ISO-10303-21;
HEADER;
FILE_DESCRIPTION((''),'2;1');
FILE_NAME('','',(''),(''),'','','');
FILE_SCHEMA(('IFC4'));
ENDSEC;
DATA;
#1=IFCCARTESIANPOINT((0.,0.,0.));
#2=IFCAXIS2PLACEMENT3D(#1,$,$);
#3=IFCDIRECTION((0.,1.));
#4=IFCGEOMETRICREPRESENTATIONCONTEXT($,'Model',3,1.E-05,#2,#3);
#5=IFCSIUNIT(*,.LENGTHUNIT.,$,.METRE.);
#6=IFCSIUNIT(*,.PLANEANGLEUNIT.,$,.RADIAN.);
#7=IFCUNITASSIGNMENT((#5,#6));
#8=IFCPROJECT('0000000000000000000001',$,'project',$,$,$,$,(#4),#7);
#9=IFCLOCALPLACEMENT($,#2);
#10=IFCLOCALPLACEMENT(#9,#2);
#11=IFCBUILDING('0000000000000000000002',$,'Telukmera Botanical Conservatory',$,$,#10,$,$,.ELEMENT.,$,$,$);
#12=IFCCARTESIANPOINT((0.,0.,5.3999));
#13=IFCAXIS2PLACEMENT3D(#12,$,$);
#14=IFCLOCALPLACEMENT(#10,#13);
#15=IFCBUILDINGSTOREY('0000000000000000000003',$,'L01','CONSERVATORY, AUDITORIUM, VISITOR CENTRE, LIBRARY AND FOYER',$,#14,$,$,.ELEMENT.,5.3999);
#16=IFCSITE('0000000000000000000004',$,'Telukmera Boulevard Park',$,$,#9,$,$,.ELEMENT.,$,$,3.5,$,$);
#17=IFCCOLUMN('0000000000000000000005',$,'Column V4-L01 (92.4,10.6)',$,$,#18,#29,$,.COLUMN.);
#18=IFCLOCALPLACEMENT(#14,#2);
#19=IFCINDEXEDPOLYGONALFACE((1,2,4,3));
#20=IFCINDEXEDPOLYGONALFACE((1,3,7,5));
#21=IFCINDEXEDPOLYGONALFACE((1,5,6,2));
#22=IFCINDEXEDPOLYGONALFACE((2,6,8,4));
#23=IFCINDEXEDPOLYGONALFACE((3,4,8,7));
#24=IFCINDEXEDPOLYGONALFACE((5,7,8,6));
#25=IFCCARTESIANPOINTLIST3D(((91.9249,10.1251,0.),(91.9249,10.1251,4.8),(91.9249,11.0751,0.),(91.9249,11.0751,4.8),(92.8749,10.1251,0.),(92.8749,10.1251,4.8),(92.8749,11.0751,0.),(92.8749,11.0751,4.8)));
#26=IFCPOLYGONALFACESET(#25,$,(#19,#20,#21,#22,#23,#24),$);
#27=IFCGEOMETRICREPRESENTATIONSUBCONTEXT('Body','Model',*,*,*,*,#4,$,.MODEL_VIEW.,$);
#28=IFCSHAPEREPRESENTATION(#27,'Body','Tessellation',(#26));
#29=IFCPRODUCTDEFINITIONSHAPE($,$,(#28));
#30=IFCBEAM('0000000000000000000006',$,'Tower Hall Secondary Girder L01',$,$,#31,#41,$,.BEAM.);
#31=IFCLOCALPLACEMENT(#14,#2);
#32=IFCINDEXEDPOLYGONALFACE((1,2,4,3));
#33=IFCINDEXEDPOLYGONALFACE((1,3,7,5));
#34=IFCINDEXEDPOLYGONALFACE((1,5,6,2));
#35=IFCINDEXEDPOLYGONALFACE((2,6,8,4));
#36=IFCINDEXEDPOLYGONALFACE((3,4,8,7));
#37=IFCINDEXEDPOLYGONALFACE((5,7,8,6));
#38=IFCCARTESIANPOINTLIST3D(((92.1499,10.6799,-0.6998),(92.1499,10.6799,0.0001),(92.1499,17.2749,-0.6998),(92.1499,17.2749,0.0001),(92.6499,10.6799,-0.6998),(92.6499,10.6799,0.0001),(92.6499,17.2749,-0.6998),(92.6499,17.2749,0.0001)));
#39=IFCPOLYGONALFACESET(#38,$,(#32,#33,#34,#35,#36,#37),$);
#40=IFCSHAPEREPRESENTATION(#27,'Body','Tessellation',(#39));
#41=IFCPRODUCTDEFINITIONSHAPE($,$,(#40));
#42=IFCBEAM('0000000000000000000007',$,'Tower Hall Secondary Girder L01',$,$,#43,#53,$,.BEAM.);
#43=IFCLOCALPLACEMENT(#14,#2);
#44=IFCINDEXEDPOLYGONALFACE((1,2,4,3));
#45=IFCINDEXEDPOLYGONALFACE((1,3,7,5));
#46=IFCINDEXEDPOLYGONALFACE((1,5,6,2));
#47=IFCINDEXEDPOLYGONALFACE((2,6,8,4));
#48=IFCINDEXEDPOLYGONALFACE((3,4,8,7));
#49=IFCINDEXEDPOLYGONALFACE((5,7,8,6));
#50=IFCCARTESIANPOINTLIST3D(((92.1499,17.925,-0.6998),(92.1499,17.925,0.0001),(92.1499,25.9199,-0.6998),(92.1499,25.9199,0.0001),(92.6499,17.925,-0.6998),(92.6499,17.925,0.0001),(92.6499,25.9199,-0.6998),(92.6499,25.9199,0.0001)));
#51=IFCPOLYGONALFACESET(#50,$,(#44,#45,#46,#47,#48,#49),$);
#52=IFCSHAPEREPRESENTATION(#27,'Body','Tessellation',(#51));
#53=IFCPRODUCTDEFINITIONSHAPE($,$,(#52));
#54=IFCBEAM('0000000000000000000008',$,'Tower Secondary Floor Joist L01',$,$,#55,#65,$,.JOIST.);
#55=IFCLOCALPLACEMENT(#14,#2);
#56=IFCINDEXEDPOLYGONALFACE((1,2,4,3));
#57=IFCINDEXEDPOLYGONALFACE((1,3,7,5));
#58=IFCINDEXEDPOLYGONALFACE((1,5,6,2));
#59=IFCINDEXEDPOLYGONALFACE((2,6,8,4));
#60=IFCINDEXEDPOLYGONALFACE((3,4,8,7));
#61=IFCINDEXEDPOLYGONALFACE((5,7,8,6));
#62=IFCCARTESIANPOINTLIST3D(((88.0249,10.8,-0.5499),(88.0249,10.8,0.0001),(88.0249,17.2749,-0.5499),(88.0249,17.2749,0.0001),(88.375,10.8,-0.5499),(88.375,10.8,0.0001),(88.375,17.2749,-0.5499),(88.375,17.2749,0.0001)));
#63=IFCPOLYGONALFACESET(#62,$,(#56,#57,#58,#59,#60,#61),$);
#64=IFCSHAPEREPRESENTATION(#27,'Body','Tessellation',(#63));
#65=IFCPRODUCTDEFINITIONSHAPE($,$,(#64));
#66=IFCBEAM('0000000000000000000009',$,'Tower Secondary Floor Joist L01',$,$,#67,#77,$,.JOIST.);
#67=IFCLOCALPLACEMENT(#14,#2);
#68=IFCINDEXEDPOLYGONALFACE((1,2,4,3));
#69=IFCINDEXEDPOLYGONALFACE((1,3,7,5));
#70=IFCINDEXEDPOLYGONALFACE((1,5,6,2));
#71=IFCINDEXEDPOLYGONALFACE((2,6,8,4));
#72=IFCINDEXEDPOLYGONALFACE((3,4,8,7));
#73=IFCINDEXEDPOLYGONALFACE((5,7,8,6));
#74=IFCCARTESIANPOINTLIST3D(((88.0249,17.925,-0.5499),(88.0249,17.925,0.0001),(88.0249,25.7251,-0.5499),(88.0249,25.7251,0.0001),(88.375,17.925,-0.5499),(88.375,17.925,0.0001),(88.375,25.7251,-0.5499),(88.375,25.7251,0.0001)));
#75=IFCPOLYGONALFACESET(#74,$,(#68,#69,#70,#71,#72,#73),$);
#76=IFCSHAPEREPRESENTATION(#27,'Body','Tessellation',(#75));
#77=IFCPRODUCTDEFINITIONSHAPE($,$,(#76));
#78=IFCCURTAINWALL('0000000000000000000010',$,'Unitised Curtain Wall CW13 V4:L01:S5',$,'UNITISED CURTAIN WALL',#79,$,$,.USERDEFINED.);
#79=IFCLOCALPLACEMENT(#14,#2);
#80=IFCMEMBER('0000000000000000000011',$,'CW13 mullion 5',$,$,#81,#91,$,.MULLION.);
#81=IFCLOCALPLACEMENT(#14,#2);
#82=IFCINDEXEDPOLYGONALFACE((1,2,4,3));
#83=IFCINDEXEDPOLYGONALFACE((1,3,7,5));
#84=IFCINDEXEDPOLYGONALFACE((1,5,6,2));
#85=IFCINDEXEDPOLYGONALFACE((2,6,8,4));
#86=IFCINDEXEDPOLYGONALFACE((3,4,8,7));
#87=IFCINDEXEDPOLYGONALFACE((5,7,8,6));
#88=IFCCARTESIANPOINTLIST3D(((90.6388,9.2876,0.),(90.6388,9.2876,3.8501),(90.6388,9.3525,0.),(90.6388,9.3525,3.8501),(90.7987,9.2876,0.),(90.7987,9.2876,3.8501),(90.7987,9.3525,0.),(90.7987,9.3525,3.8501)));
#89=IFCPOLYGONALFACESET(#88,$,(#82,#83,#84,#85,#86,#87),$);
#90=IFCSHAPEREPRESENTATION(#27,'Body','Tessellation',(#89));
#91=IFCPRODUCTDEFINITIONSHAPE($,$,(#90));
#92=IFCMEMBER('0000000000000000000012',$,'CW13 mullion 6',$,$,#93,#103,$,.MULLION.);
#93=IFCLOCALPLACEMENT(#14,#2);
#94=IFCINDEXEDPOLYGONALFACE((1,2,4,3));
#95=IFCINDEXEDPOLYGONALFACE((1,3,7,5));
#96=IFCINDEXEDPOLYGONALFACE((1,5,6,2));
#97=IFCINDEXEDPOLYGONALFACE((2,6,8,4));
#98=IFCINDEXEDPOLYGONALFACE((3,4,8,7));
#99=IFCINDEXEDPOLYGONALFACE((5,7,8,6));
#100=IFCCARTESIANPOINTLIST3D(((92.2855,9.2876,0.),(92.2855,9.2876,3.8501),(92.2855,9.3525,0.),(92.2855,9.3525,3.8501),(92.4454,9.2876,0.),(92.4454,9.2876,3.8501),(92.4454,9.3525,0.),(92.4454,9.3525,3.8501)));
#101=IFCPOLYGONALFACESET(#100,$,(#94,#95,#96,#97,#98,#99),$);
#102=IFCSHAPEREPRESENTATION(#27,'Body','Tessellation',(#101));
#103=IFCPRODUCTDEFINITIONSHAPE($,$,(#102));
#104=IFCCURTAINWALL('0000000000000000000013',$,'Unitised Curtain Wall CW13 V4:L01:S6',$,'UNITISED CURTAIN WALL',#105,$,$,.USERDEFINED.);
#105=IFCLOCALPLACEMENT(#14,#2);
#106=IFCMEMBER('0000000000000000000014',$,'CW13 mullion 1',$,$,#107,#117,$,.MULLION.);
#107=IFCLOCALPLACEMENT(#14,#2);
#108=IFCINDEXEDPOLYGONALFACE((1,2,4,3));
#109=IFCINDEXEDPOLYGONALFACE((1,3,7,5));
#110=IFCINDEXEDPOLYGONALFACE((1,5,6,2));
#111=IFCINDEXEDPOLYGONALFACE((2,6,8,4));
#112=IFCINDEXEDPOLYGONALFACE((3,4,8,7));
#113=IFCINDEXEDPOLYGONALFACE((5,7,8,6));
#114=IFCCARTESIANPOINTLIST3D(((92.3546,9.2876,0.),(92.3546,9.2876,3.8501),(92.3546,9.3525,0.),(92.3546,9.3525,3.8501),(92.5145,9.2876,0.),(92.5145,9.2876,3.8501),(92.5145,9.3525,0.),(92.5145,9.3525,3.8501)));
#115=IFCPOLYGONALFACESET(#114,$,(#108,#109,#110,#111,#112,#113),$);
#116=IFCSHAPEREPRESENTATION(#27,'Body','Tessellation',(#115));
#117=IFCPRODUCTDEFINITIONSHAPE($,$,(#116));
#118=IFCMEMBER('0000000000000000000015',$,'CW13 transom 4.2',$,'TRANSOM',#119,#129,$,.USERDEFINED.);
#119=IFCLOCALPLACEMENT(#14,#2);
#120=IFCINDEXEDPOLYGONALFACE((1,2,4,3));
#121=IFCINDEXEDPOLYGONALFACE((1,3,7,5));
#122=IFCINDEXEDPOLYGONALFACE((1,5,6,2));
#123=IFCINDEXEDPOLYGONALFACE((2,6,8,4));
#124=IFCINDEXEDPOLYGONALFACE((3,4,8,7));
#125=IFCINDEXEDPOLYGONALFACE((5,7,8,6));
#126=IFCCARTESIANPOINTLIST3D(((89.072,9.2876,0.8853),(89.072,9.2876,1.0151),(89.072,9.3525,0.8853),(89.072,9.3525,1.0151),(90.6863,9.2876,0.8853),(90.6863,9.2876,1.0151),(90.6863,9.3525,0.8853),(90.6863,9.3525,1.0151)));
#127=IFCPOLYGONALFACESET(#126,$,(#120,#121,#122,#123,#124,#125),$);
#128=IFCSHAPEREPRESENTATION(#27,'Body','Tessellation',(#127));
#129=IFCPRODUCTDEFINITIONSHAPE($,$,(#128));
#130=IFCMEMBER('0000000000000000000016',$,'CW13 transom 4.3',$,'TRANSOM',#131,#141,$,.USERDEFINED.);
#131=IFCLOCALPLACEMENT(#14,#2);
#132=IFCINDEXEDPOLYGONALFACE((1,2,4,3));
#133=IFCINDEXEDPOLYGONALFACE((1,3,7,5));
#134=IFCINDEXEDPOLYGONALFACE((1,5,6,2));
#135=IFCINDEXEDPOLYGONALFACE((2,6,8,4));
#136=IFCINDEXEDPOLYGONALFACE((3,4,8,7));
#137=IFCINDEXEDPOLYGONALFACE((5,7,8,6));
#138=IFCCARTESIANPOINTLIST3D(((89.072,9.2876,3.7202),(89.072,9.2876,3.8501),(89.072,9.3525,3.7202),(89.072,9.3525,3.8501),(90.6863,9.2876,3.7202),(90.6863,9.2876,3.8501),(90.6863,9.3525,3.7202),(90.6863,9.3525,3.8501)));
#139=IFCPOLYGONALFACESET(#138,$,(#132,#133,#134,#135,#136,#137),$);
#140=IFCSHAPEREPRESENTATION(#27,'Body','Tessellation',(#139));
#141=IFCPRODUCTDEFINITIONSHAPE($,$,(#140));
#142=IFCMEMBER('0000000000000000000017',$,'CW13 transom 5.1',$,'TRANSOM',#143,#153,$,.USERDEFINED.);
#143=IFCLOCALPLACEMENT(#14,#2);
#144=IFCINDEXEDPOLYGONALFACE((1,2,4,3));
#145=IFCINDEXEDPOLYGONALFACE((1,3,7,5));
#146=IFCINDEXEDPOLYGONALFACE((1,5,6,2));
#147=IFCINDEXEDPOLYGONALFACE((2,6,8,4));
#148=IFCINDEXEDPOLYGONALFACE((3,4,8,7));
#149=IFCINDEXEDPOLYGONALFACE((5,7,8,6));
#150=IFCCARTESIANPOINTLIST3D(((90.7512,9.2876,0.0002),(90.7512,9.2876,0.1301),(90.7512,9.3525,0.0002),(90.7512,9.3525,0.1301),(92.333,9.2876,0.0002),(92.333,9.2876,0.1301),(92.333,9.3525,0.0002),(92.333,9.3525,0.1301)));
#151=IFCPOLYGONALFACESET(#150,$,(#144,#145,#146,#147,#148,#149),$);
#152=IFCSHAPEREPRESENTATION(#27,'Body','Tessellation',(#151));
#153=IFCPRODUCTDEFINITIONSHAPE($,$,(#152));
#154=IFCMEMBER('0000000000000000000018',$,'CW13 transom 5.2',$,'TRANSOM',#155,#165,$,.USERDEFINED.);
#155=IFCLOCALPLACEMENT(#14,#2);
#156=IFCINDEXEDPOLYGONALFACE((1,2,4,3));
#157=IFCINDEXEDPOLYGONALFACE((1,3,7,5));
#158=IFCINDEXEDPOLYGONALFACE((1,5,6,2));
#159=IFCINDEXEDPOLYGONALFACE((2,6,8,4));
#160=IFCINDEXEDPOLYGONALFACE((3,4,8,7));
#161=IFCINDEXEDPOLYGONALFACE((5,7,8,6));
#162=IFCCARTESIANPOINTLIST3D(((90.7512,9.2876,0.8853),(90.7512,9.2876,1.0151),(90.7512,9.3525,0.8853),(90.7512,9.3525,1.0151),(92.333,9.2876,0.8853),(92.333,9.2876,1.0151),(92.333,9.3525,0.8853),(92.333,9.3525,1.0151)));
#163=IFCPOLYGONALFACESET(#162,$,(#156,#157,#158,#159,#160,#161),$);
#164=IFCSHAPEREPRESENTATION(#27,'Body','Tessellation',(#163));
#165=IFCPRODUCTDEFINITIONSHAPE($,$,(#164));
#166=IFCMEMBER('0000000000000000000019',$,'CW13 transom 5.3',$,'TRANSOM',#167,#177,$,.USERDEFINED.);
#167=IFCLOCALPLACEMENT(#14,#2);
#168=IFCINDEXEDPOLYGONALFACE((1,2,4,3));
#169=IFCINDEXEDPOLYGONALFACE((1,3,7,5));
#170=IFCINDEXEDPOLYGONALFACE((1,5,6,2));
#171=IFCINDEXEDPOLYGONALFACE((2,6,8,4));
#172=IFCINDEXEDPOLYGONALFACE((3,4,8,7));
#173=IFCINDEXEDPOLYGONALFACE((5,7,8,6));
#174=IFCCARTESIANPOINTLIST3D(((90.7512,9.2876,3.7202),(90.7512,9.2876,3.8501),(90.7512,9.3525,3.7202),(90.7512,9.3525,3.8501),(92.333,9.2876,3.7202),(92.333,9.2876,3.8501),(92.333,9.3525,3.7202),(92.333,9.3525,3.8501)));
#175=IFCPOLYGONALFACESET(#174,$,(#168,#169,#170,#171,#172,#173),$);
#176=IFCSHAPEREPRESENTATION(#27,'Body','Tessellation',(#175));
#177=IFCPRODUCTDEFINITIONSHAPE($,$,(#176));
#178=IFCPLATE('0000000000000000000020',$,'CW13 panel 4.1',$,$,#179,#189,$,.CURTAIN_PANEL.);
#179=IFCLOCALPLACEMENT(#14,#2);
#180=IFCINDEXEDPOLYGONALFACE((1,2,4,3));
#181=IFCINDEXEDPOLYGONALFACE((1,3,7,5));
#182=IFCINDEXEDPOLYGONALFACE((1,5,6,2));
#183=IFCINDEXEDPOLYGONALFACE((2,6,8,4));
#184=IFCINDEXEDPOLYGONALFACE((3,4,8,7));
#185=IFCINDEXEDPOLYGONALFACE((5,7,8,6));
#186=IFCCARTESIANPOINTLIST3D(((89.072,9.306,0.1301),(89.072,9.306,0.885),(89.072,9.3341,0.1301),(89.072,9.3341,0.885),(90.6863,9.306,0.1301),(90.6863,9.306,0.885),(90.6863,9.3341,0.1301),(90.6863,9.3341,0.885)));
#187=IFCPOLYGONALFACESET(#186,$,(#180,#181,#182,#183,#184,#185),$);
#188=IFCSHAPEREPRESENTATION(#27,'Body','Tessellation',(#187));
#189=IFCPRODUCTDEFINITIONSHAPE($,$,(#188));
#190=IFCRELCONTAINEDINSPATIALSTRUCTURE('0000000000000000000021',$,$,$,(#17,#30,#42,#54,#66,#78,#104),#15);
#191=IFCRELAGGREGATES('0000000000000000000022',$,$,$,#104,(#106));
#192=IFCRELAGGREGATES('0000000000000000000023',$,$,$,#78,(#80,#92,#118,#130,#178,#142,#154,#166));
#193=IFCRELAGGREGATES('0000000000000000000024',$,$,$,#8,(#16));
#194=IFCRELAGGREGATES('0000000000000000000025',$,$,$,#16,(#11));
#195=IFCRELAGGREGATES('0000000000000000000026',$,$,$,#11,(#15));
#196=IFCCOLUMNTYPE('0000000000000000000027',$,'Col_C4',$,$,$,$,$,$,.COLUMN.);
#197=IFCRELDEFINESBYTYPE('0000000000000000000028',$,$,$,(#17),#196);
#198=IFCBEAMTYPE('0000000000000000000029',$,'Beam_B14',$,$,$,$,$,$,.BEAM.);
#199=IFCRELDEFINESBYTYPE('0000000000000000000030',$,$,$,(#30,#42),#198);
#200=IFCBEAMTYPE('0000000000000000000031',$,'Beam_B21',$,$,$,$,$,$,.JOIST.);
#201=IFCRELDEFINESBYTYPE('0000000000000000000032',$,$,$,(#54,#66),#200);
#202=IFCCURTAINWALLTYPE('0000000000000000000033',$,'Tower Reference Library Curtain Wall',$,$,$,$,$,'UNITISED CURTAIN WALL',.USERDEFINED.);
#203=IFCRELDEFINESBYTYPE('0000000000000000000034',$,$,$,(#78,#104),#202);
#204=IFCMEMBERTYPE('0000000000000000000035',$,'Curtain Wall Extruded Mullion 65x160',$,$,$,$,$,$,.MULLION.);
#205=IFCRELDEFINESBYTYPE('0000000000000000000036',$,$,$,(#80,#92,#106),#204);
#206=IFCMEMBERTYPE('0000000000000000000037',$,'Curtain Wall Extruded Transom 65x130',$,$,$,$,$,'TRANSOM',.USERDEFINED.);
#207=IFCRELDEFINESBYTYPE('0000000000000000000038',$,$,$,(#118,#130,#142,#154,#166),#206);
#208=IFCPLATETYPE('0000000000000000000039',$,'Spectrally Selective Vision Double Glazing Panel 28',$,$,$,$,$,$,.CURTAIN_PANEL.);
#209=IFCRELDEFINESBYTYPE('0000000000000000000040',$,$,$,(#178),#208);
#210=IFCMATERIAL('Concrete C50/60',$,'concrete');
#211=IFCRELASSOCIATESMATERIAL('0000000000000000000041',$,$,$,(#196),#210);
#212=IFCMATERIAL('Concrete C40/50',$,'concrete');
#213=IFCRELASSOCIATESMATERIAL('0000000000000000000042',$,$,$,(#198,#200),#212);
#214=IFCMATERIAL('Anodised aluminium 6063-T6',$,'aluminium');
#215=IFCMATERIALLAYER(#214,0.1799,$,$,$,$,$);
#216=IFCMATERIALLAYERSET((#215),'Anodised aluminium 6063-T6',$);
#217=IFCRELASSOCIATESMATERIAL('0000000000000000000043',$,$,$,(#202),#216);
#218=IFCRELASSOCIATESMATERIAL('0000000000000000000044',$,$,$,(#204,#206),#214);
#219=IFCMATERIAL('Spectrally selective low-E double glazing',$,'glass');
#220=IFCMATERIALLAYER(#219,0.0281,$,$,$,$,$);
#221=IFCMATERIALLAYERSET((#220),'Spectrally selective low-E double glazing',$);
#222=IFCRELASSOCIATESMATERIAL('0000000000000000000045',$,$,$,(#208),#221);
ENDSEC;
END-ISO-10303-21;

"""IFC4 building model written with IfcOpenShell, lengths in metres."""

from ifc_helpers import new_model, si_unit, direction, frame, origin, origin_2d, place, context, subcontext, project, spatial, rectangle, extrude, material, layer, layer_set, material_profile, profile_set, type_object, element, aggregate, save


model = new_model("IFC4")

# Units and contexts
model_context = context("Model", 3, precision=1e-05, world=origin(), true_north=direction((0.0, 1.0)))
body_context = subcontext(model_context, "Body", "Model", "MODEL_VIEW")
ifc_project = project(units=[si_unit("LENGTHUNIT", "METRE"), si_unit("PLANEANGLEUNIT", "RADIAN")], contexts=[model_context])

# Site, building, storey
site_placement = place(None, origin())
site = spatial("IfcSite", under=ifc_project, at=site_placement, Name="Telukmera Boulevard Park", CompositionType="ELEMENT", RefElevation=3.5)
building_placement = place(site_placement, origin())
building = spatial("IfcBuilding", under=site, at=building_placement, Name="Telukmera Botanical Conservatory", CompositionType="ELEMENT")
storey_placement = place(building_placement, frame((0.0, 0.0, 5.3999)))
storey = spatial("IfcBuildingStorey", under=building, at=storey_placement, Name="L01", Description="CONSERVATORY, AUDITORIUM, VISITOR CENTRE, LIBRARY AND FOYER", CompositionType="ELEMENT", Elevation=5.3999)

# Column
ifc_material_1 = material(Name="Concrete C50/60", Category="concrete")
ifc_material_profile_1 = material_profile(ifc_material_1, rectangle(XDim=0.95, YDim=0.95, at=origin_2d()), Name="RC 950x950")
ifc_profile_set_1 = profile_set([ifc_material_profile_1], Name="Concrete C50/60")
column_type = type_object("IfcColumnType", Name="Col_C4", PredefinedType="COLUMN", material=ifc_profile_set_1)
column_placement = place(storey_placement, frame((92.3999, 10.6001, 0.0), z_axis=(0.0, 0.0, 1.0), x_axis=(1.0, 0.0, 0.0)))
element("IfcColumn", 1, at=column_placement, inside=storey, type_object=column_type, Name="Column V4-L01 (92.4,10.6)", PredefinedType="COLUMN", context=body_context, shape_type="SweptSolid", body=[
    extrude(rectangle(XDim=0.95, YDim=0.95, at=origin_2d()), origin(), (0.0, 0.0, 1.0), 4.8),
])

# Beams
ifc_material_2 = material(Name="Concrete C40/50", Category="concrete")
ifc_material_profile_2 = material_profile(ifc_material_2, rectangle(XDim=0.5, YDim=0.7, at=origin_2d()), Name="RC 500x700")
ifc_profile_set_2 = profile_set([ifc_material_profile_2], Name="Concrete C40/50")
beam_type_1 = type_object("IfcBeamType", Name="Beam_B14", PredefinedType="BEAM", material=ifc_profile_set_2)
beam_1_placement = place(storey_placement, frame((92.3999, 10.6799, -0.3499), z_axis=(0.0, 1.0, 0.0), x_axis=(-1.0, 0.0, 0.0)))
element("IfcBeam", 2, at=beam_1_placement, inside=storey, type_object=beam_type_1, Name="Tower Hall Secondary Girder L01", PredefinedType="BEAM", context=body_context, shape_type="SweptSolid", body=[
    extrude(rectangle(XDim=0.5, YDim=0.7, at=origin_2d()), origin(), (0.0, 0.0, 1.0), 6.595),
])
beam_2_placement = place(storey_placement, frame((92.3999, 17.925, -0.3499), z_axis=(0.0, 1.0, 0.0), x_axis=(-1.0, 0.0, 0.0)))
element("IfcBeam", 3, at=beam_2_placement, inside=storey, type_object=beam_type_1, Name="Tower Hall Secondary Girder L01", PredefinedType="BEAM", context=body_context, shape_type="SweptSolid", body=[
    extrude(rectangle(XDim=0.5, YDim=0.7, at=origin_2d()), origin(), (0.0, 0.0, 1.0), 7.9949),
])
ifc_material_profile_3 = material_profile(ifc_material_2, rectangle(XDim=0.3501, YDim=0.55, at=origin_2d()), Name="RC 350x550")
ifc_profile_set_3 = profile_set([ifc_material_profile_3], Name="Concrete C40/50")
beam_type_2 = type_object("IfcBeamType", Name="Beam_B21", PredefinedType="JOIST", material=ifc_profile_set_3)
beam_3_placement = place(storey_placement, frame((88.2, 10.8, -0.2749), z_axis=(0.0, 1.0, 0.0), x_axis=(-1.0, 0.0, 0.0)))
element("IfcBeam", 4, at=beam_3_placement, inside=storey, type_object=beam_type_2, Name="Tower Secondary Floor Joist L01", PredefinedType="JOIST", context=body_context, shape_type="SweptSolid", body=[
    extrude(rectangle(XDim=0.3501, YDim=0.55, at=origin_2d()), origin(), (0.0, 0.0, 1.0), 6.4749),
])
beam_4_placement = place(storey_placement, frame((88.2, 17.925, -0.2749), z_axis=(0.0, 1.0, 0.0), x_axis=(-1.0, 0.0, 0.0)))
element("IfcBeam", 5, at=beam_4_placement, inside=storey, type_object=beam_type_2, Name="Tower Secondary Floor Joist L01", PredefinedType="JOIST", context=body_context, shape_type="SweptSolid", body=[
    extrude(rectangle(XDim=0.3501, YDim=0.55, at=origin_2d()), origin(), (0.0, 0.0, 1.0), 7.8),
])

# Curtain wall, members
ifc_material_3 = material(Name="Anodised aluminium 6063-T6", Category="aluminium")
ifc_layer_1 = layer(ifc_material_3, 0.1799)
ifc_layer_set_1 = layer_set([ifc_layer_1], Name="Anodised aluminium 6063-T6")
curtain_wall_type = type_object("IfcCurtainWallType", Name="Tower Reference Library Curtain Wall", ElementType="UNITISED CURTAIN WALL", PredefinedType="USERDEFINED", material=ifc_layer_set_1)
curtain_wall_1_placement = place(storey_placement, origin())
curtain_wall_1 = element("IfcCurtainWall", 6, at=curtain_wall_1_placement, inside=storey, type_object=curtain_wall_type, Name="Unitised Curtain Wall CW13 V4:L01:S5", ObjectType="UNITISED CURTAIN WALL", PredefinedType="USERDEFINED")
ifc_material_profile_4 = material_profile(ifc_material_3, rectangle(XDim=0.0649, YDim=0.1599, at=origin_2d()), Name="ALU MULL 65x160")
ifc_profile_set_4 = profile_set([ifc_material_profile_4], Name="Anodised aluminium 6063-T6")
member_type_1 = type_object("IfcMemberType", Name="Curtain Wall Extruded Mullion 65x160", PredefinedType="MULLION", material=ifc_profile_set_4)
member_1_placement = place(storey_placement, frame((90.7188, 9.3201, 0.0), z_axis=(0.0, 0.0, 1.0), x_axis=(0.0, 1.0, 0.0)))
member_1 = element("IfcMember", 7, at=member_1_placement, type_object=member_type_1, Name="CW13 mullion 5", PredefinedType="MULLION", context=body_context, shape_type="SweptSolid", body=[
    extrude(rectangle(XDim=0.0649, YDim=0.1599, at=origin_2d()), origin(), (0.0, 0.0, 1.0), 3.8501),
])
member_2_placement = place(storey_placement, frame((92.3655, 9.3201, 0.0), z_axis=(0.0, 0.0, 1.0), x_axis=(0.0, 1.0, 0.0)))
member_2 = element("IfcMember", 8, at=member_2_placement, type_object=member_type_1, Name="CW13 mullion 6", PredefinedType="MULLION", context=body_context, shape_type="SweptSolid", body=[
    extrude(rectangle(XDim=0.0649, YDim=0.1599, at=origin_2d()), origin(), (0.0, 0.0, 1.0), 3.8501),
])

# Curtain wall, member
curtain_wall_2_placement = place(storey_placement, origin())
curtain_wall_2 = element("IfcCurtainWall", 9, at=curtain_wall_2_placement, inside=storey, type_object=curtain_wall_type, Name="Unitised Curtain Wall CW13 V4:L01:S6", ObjectType="UNITISED CURTAIN WALL", PredefinedType="USERDEFINED")
member_3_placement = place(storey_placement, frame((92.4346, 9.3201, 0.0), z_axis=(0.0, 0.0, 1.0), x_axis=(0.0, 1.0, 0.0)))
member_3 = element("IfcMember", 10, at=member_3_placement, type_object=member_type_1, Name="CW13 mullion 1", PredefinedType="MULLION", context=body_context, shape_type="SweptSolid", body=[
    extrude(rectangle(XDim=0.0649, YDim=0.1599, at=origin_2d()), origin(), (0.0, 0.0, 1.0), 3.8501),
])
aggregate(curtain_wall_2, [member_3])

# Members
ifc_material_profile_5 = material_profile(ifc_material_3, rectangle(XDim=0.0649, YDim=0.1299, at=origin_2d()), Name="ALU TRAN 65x130")
ifc_profile_set_5 = profile_set([ifc_material_profile_5], Name="Anodised aluminium 6063-T6")
member_type_2 = type_object("IfcMemberType", Name="Curtain Wall Extruded Transom 65x130", ElementType="TRANSOM", PredefinedType="USERDEFINED", material=ifc_profile_set_5)
member_4_placement = place(storey_placement, frame((89.072, 9.3201, 0.9502), z_axis=(1.0, 0.0, 0.0), x_axis=(0.0, 1.0, 0.0)))
member_4 = element("IfcMember", 11, at=member_4_placement, type_object=member_type_2, Name="CW13 transom 4.2", ObjectType="TRANSOM", PredefinedType="USERDEFINED", context=body_context, shape_type="SweptSolid", body=[
    extrude(rectangle(XDim=0.0649, YDim=0.1299, at=origin_2d()), origin(), (0.0, 0.0, 1.0), 1.6143),
])
member_5_placement = place(storey_placement, frame((89.072, 9.3201, 3.7852), z_axis=(1.0, 0.0, 0.0), x_axis=(0.0, 1.0, 0.0)))
member_5 = element("IfcMember", 12, at=member_5_placement, type_object=member_type_2, Name="CW13 transom 4.3", ObjectType="TRANSOM", PredefinedType="USERDEFINED", context=body_context, shape_type="SweptSolid", body=[
    extrude(rectangle(XDim=0.0649, YDim=0.1299, at=origin_2d()), origin(), (0.0, 0.0, 1.0), 1.6143),
])
member_6_placement = place(storey_placement, frame((90.7512, 9.3201, 0.0652), z_axis=(1.0, 0.0, 0.0), x_axis=(0.0, 1.0, 0.0)))
member_6 = element("IfcMember", 13, at=member_6_placement, type_object=member_type_2, Name="CW13 transom 5.1", ObjectType="TRANSOM", PredefinedType="USERDEFINED", context=body_context, shape_type="SweptSolid", body=[
    extrude(rectangle(XDim=0.0649, YDim=0.1299, at=origin_2d()), origin(), (0.0, 0.0, 1.0), 1.5818),
])
member_7_placement = place(storey_placement, frame((90.7512, 9.3201, 0.9502), z_axis=(1.0, 0.0, 0.0), x_axis=(0.0, 1.0, 0.0)))
member_7 = element("IfcMember", 14, at=member_7_placement, type_object=member_type_2, Name="CW13 transom 5.2", ObjectType="TRANSOM", PredefinedType="USERDEFINED", context=body_context, shape_type="SweptSolid", body=[
    extrude(rectangle(XDim=0.0649, YDim=0.1299, at=origin_2d()), origin(), (0.0, 0.0, 1.0), 1.5818),
])
member_8_placement = place(storey_placement, frame((90.7512, 9.3201, 3.7852), z_axis=(1.0, 0.0, 0.0), x_axis=(0.0, 1.0, 0.0)))
member_8 = element("IfcMember", 15, at=member_8_placement, type_object=member_type_2, Name="CW13 transom 5.3", ObjectType="TRANSOM", PredefinedType="USERDEFINED", context=body_context, shape_type="SweptSolid", body=[
    extrude(rectangle(XDim=0.0649, YDim=0.1299, at=origin_2d()), origin(), (0.0, 0.0, 1.0), 1.5818),
])

# Plate
ifc_material_4 = material(Name="Spectrally selective low-E double glazing", Category="glass")
ifc_layer_2 = layer(ifc_material_4, 0.0281)
ifc_layer_set_2 = layer_set([ifc_layer_2], Name="Spectrally selective low-E double glazing")
plate_type = type_object("IfcPlateType", Name="Spectrally Selective Vision Double Glazing Panel 28", PredefinedType="CURTAIN_PANEL", material=ifc_layer_set_2)
plate_1_placement = place(storey_placement, frame((89.8792, 9.3201, 0.1301), z_axis=(0.0, 0.0, 1.0), x_axis=(1.0, 0.0, 0.0)))
plate_1 = element("IfcPlate", 16, at=plate_1_placement, type_object=plate_type, Name="CW13 panel 4.1", PredefinedType="CURTAIN_PANEL", context=body_context, shape_type="SweptSolid", body=[
    extrude(rectangle(XDim=1.6143, YDim=0.0281, at=origin_2d()), origin(), (0.0, 0.0, 1.0), 0.7549),
])
aggregate(curtain_wall_1, [member_1, member_2, member_4, member_5, plate_1, member_6, member_7, member_8])

save(model, "model.ifc")
